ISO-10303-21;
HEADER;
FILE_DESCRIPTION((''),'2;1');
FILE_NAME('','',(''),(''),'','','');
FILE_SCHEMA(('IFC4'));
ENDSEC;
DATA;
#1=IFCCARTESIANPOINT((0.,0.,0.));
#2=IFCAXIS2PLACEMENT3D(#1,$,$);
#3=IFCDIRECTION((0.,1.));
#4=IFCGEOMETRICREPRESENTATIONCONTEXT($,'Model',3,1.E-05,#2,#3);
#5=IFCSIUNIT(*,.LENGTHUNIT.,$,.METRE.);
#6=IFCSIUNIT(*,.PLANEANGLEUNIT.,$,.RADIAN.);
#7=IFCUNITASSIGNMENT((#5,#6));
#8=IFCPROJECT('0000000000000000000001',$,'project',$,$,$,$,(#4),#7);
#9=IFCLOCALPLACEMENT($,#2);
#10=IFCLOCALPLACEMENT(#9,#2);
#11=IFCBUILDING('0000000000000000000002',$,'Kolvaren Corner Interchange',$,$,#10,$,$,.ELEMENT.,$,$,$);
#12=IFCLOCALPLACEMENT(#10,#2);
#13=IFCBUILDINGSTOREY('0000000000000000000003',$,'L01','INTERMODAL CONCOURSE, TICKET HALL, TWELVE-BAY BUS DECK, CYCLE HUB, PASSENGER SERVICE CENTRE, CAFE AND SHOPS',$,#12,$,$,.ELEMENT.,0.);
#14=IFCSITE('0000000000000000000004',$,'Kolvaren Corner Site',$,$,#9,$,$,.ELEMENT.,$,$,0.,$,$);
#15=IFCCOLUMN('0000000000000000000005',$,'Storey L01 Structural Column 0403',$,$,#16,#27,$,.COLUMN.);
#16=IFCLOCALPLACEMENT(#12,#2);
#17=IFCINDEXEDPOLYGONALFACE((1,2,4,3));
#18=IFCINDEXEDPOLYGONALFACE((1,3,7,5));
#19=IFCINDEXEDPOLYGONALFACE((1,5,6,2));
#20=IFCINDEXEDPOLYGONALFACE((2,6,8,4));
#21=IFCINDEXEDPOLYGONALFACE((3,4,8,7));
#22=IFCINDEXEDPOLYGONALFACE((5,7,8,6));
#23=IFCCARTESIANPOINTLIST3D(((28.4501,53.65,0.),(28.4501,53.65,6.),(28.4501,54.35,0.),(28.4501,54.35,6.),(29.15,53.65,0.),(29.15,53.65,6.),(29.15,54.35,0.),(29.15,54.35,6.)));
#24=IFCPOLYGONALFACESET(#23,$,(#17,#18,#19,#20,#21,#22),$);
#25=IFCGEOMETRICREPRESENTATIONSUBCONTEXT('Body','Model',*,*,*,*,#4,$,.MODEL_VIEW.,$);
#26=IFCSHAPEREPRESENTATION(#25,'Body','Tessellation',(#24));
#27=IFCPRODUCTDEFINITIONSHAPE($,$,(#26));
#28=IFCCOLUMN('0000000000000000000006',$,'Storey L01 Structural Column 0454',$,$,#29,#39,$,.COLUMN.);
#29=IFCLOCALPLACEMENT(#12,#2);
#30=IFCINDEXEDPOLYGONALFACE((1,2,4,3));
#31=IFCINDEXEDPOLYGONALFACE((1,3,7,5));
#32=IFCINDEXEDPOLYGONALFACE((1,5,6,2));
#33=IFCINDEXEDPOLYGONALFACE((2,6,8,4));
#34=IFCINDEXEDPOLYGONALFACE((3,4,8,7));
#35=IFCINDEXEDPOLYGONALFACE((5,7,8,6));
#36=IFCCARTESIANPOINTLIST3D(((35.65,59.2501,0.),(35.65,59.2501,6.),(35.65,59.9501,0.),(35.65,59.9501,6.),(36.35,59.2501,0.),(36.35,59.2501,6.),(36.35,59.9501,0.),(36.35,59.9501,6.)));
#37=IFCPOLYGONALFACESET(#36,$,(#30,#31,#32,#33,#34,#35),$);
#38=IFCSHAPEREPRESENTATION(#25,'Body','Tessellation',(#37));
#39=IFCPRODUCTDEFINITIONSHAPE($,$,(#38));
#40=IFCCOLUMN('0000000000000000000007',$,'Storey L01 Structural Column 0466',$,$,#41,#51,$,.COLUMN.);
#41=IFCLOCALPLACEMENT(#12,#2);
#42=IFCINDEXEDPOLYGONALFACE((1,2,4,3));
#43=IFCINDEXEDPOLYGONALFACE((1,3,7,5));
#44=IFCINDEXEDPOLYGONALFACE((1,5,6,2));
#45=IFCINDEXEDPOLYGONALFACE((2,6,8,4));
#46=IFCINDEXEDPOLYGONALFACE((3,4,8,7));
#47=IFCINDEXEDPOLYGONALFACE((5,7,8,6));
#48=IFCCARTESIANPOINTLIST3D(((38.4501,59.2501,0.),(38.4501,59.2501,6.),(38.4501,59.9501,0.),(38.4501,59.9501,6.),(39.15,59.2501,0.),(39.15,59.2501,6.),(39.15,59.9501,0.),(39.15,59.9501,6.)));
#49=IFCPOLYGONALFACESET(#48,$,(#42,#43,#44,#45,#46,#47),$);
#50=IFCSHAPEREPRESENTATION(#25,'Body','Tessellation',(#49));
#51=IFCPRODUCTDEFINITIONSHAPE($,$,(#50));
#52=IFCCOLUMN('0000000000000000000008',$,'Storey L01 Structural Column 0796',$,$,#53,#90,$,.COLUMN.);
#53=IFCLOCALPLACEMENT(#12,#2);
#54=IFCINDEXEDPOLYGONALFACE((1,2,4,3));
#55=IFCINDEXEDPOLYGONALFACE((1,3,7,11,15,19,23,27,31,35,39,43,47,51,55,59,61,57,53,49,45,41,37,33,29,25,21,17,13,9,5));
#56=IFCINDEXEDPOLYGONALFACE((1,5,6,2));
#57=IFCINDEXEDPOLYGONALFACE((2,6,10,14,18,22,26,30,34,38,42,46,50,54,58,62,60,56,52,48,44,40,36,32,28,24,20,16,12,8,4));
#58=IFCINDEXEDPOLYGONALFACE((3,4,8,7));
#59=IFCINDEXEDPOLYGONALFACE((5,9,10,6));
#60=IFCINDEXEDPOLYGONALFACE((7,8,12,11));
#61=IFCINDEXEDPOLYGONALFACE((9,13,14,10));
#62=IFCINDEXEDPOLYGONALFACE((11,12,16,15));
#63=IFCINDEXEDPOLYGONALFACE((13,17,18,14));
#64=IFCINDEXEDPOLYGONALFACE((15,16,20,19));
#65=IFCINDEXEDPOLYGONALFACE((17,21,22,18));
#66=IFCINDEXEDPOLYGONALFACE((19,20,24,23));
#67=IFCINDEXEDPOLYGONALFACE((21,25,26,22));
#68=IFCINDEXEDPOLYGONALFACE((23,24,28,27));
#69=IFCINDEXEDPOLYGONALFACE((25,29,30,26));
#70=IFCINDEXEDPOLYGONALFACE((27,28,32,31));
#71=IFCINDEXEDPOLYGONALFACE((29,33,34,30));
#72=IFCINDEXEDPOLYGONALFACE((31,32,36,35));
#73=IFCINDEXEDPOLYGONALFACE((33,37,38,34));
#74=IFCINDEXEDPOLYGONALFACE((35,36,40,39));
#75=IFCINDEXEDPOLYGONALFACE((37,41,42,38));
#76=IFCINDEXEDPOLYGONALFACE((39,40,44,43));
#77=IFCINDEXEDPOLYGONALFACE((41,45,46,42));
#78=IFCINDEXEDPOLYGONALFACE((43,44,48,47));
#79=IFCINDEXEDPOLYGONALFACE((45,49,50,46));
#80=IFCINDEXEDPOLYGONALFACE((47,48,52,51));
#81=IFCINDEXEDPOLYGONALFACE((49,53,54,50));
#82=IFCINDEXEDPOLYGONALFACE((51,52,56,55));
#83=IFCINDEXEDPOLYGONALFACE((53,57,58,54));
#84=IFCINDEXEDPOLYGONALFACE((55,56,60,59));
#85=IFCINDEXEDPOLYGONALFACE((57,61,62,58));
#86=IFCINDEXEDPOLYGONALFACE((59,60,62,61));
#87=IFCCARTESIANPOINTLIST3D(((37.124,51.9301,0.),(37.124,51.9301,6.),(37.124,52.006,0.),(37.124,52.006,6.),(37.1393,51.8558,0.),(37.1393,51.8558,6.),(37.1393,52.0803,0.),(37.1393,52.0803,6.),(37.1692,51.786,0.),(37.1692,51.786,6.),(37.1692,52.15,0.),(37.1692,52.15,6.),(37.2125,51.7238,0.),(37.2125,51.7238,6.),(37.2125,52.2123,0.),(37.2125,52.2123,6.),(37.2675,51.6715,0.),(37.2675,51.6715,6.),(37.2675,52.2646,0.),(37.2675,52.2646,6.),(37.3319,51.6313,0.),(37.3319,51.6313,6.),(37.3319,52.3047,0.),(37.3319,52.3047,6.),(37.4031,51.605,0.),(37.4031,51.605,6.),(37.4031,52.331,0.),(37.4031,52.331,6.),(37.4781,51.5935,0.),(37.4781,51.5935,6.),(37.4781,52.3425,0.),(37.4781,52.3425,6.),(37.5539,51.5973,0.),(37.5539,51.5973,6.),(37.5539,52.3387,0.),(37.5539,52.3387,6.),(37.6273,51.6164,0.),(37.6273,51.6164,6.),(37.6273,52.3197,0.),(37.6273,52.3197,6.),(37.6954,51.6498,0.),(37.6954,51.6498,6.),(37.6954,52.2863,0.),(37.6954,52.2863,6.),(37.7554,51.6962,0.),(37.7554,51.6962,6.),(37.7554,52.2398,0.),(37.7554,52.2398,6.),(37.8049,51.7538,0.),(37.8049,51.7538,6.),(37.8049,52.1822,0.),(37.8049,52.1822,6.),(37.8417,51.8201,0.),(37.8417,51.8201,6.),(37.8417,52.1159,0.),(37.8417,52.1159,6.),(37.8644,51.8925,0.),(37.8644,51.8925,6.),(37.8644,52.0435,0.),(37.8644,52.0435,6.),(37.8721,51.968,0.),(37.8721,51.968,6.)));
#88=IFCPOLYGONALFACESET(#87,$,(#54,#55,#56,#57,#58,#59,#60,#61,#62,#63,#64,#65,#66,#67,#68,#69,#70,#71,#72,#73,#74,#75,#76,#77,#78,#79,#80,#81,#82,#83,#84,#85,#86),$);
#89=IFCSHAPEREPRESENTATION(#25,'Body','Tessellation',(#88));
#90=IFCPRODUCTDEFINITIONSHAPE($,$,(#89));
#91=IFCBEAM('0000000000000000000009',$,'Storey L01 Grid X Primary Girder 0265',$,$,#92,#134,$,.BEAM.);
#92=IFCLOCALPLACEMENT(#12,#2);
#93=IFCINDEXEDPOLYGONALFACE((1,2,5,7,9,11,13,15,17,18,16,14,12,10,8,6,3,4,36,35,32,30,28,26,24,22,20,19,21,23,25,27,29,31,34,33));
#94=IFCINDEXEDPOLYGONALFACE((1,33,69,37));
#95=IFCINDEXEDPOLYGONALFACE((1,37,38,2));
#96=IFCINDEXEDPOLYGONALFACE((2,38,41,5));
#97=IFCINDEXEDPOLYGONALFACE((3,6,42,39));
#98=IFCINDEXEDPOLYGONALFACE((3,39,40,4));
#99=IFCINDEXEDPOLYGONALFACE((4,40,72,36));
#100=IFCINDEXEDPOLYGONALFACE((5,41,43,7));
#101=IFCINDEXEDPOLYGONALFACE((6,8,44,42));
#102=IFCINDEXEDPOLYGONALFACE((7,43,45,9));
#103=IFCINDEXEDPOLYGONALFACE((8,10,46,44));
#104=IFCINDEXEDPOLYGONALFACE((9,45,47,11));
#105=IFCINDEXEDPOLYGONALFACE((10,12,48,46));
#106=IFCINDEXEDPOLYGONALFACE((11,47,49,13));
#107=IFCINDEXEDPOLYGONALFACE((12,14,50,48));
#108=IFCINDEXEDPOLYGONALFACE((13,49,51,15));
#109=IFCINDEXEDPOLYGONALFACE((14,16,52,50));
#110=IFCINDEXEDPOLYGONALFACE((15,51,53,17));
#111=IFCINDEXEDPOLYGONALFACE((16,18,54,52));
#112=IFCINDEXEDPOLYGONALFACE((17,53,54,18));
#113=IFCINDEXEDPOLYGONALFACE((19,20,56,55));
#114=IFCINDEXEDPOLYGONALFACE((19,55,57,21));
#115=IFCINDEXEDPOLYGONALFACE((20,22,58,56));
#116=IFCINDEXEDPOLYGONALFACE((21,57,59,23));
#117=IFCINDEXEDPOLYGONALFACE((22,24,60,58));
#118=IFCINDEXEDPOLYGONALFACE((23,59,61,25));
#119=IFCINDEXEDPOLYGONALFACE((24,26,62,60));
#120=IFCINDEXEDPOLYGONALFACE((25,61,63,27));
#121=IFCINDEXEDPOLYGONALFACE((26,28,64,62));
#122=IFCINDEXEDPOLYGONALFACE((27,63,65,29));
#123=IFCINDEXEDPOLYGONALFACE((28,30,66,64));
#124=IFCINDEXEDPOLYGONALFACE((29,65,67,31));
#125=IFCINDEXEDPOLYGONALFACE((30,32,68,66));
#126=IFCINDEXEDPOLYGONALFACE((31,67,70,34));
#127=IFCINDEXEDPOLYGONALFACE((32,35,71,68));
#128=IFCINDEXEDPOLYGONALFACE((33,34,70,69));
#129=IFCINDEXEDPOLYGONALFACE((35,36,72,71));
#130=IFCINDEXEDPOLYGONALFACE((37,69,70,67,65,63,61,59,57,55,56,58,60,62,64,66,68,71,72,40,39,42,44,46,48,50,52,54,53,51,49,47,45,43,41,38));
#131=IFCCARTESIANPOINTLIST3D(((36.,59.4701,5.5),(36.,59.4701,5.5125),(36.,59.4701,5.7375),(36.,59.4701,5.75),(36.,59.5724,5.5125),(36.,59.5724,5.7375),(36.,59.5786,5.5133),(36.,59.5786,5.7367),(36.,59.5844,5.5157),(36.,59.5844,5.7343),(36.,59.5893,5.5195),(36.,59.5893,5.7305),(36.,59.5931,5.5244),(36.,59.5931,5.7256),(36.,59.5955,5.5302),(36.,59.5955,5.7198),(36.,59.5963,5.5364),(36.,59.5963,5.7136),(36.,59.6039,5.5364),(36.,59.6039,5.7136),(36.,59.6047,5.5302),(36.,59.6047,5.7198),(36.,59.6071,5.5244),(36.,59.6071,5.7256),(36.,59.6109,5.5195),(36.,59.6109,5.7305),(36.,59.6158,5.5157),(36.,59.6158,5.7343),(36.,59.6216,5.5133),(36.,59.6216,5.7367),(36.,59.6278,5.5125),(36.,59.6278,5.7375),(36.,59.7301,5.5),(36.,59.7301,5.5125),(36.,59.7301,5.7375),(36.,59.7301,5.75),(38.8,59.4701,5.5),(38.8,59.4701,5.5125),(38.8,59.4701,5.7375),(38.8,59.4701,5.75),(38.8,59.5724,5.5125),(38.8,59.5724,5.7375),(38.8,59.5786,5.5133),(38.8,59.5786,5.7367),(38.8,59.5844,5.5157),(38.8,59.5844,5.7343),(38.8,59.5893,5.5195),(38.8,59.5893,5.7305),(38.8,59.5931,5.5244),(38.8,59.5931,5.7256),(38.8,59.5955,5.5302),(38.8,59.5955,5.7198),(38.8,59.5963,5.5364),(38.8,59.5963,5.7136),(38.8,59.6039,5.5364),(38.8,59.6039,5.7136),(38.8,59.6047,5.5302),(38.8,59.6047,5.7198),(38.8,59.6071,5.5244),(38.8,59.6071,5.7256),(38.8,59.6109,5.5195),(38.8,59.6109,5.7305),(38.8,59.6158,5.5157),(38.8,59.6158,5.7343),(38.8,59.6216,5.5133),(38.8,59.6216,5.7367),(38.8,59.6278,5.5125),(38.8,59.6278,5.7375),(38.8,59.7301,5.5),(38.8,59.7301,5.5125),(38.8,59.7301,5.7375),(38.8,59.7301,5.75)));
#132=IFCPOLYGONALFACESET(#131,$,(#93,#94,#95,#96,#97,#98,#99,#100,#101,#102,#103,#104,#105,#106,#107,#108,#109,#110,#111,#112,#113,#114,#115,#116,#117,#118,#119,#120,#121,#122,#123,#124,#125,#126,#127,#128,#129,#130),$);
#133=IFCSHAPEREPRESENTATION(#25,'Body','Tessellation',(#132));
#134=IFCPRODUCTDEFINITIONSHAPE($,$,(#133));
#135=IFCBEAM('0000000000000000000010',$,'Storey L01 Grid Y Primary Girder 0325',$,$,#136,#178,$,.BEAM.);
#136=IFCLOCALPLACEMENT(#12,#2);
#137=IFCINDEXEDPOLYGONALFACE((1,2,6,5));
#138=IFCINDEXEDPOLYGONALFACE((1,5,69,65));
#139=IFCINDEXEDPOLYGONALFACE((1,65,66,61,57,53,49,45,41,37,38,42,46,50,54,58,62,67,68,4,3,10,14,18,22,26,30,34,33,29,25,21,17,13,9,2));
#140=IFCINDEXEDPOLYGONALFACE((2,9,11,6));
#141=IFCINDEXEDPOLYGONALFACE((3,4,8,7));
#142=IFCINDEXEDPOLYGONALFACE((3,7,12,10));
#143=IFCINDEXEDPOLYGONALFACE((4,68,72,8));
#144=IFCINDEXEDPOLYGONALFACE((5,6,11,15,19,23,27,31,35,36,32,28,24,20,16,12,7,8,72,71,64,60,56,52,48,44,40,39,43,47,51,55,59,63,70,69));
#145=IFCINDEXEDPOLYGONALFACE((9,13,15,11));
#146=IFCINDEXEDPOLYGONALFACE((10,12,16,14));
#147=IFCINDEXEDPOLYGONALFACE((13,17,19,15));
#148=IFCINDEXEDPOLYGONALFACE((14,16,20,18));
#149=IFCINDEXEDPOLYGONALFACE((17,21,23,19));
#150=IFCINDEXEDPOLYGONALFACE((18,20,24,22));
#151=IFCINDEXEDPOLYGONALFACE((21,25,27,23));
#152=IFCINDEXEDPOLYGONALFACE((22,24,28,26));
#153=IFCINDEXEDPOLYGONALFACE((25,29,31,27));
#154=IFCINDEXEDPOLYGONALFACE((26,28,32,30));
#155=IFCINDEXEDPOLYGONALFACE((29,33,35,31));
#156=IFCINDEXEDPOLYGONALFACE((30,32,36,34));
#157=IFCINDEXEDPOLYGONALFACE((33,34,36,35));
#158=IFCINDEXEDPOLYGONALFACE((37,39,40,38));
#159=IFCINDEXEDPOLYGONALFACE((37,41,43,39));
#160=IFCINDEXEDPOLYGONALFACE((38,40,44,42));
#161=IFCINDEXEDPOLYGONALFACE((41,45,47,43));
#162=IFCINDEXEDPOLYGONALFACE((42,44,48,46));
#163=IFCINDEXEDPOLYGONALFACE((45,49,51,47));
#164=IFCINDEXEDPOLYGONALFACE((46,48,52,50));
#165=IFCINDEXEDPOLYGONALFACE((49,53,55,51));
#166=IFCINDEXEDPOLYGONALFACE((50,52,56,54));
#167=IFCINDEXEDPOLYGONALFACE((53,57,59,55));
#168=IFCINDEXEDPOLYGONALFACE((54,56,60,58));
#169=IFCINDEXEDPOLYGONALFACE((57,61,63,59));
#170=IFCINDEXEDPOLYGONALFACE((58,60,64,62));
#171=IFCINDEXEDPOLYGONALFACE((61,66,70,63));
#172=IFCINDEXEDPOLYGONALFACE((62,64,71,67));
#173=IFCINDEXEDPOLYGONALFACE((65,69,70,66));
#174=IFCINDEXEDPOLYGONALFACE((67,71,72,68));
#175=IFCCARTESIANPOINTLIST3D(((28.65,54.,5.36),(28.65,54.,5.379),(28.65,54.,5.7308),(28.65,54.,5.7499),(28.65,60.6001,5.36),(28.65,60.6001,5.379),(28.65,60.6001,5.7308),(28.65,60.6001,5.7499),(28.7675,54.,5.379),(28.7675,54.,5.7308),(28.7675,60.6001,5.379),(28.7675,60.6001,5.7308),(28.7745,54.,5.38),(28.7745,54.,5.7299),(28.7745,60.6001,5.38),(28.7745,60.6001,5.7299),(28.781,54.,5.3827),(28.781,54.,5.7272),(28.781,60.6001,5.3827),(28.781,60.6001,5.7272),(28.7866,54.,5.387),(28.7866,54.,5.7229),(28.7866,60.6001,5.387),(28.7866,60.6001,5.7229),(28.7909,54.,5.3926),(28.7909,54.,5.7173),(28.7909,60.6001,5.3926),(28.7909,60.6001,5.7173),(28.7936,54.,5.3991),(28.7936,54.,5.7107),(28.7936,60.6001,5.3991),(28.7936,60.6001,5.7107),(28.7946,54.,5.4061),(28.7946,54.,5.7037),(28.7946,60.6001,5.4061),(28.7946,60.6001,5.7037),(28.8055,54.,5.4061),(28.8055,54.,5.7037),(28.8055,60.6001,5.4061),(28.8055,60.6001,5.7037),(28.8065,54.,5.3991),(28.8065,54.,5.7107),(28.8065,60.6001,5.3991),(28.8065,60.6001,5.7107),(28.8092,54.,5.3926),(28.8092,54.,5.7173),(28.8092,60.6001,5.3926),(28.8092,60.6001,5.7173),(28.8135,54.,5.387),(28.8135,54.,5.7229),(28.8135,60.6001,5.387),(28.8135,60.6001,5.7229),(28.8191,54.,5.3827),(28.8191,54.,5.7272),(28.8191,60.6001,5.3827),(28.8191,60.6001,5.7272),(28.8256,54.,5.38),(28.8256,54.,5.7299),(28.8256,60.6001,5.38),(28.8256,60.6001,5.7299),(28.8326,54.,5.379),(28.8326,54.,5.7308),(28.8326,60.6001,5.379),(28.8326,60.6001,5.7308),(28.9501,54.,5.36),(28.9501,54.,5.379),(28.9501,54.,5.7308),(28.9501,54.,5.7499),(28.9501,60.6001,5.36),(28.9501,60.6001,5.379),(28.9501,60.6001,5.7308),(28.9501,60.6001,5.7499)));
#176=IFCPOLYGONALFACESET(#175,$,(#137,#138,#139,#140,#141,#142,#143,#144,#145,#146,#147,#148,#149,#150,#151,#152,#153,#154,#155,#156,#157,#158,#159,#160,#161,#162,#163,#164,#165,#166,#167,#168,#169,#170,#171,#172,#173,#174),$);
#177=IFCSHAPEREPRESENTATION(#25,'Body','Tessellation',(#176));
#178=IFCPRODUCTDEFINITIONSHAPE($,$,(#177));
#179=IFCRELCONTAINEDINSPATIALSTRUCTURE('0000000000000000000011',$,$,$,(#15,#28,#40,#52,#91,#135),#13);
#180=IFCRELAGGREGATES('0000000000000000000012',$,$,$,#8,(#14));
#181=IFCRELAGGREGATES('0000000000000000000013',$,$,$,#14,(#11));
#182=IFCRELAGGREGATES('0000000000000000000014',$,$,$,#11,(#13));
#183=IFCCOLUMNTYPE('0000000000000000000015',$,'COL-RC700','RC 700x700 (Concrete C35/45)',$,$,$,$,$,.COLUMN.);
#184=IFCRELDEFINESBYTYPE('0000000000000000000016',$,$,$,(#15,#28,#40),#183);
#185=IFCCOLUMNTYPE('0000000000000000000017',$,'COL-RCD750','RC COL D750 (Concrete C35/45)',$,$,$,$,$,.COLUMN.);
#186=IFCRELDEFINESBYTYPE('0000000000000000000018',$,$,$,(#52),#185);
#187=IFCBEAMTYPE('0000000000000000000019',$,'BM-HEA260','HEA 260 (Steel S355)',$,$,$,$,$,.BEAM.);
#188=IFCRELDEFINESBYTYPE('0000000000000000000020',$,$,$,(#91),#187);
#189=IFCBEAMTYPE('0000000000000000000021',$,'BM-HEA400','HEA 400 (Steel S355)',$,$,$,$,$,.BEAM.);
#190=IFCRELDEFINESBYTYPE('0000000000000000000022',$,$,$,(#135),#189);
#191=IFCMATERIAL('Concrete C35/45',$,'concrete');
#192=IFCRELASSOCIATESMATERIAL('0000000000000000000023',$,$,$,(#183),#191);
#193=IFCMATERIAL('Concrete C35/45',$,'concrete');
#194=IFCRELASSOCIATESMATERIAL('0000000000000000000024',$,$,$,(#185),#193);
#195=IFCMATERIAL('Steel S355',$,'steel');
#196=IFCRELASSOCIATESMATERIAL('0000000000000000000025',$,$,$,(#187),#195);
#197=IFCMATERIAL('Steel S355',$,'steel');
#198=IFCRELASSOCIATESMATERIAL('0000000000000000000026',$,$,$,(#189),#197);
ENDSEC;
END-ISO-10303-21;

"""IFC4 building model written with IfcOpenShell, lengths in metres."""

from ifc_helpers import new_model, si_unit, direction, frame, origin, origin_2d, place, context, subcontext, project, spatial, rectangle, circle, i_section, extrude, material, material_profile, profile_set, type_object, element, save


model = new_model("IFC4")

# Units and contexts
model_context = context("Model", 3, precision=1e-05, world=origin(), true_north=direction((0.0, 1.0)))
body_context = subcontext(model_context, "Body", "Model", "MODEL_VIEW")
ifc_project = project(units=[si_unit("LENGTHUNIT", "METRE"), si_unit("PLANEANGLEUNIT", "RADIAN")], contexts=[model_context])

# Site, building, storey
site_placement = place(None, origin())
site = spatial("IfcSite", under=ifc_project, at=site_placement, Name="Kolvaren Corner Site", CompositionType="ELEMENT", RefElevation=0.0)
building_placement = place(site_placement, origin())
building = spatial("IfcBuilding", under=site, at=building_placement, Name="Kolvaren Corner Interchange", CompositionType="ELEMENT")
storey_placement = place(building_placement, origin())
storey = spatial("IfcBuildingStorey", under=building, at=storey_placement, Name="L01", Description="INTERMODAL CONCOURSE, TICKET HALL, TWELVE-BAY BUS DECK, CYCLE HUB, PASSENGER SERVICE CENTRE, CAFE AND SHOPS", CompositionType="ELEMENT", Elevation=0.0)

# Columns
ifc_material_1 = material(Name="Concrete C35/45", Category="concrete")
ifc_material_profile_1 = material_profile(ifc_material_1, rectangle(XDim=0.7, YDim=0.7, at=origin_2d()), Name="RC 700x700")
ifc_profile_set_1 = profile_set([ifc_material_profile_1], Name="Concrete C35/45")
column_type_1 = type_object("IfcColumnType", Name="COL-RC700", Description="RC 700x700 (Concrete C35/45)", PredefinedType="COLUMN", material=ifc_profile_set_1)
for number, where, z_axis, x_axis, name in (
    (1, (28.8, 54.0, 0.0), (0.0, 0.0, 1.0), (1.0, 0.0, 0.0), "Storey L01 Structural Column 0403"),
    (2, (36.0, 59.6001, 0.0), (0.0, 0.0, 1.0), (1.0, 0.0, 0.0), "Storey L01 Structural Column 0454"),
    (3, (38.8, 59.6001, 0.0), (0.0, 0.0, 1.0), (1.0, 0.0, 0.0), "Storey L01 Structural Column 0466"),
):
    element("IfcColumn", number, at=place(storey_placement, frame(where, z_axis=z_axis, x_axis=x_axis)), inside=storey, type_object=column_type_1, Name=name, PredefinedType="COLUMN", context=body_context, shape_type="SweptSolid", body=[
        extrude(rectangle(XDim=0.7, YDim=0.7, at=origin_2d()), origin(), (0.0, 0.0, 1.0), 6.0),
    ])
ifc_material_2 = material(Name="Concrete C35/45", Category="concrete")
ifc_material_profile_2 = material_profile(ifc_material_2, circle(Radius=0.375, at=origin_2d()), Name="RC COL D750")
ifc_profile_set_2 = profile_set([ifc_material_profile_2], Name="Concrete C35/45")
column_type_2 = type_object("IfcColumnType", Name="COL-RCD750", Description="RC COL D750 (Concrete C35/45)", PredefinedType="COLUMN", material=ifc_profile_set_2)
column_placement = place(storey_placement, frame((37.4971, 51.968, 0.0), z_axis=(0.0, 0.0, 1.0), x_axis=(1.0, 0.0, 0.0)))
element("IfcColumn", 4, at=column_placement, inside=storey, type_object=column_type_2, Name="Storey L01 Structural Column 0796", PredefinedType="COLUMN", context=body_context, shape_type="SweptSolid", body=[
    extrude(circle(Radius=0.375, at=origin_2d()), origin(), (0.0, 0.0, 1.0), 6.0),
])

# Beams
ifc_material_3 = material(Name="Steel S355", Category="steel")
ifc_material_profile_3 = material_profile(ifc_material_3, i_section(OverallWidth=0.26, OverallDepth=0.25, WebThickness=0.0076, FlangeThickness=0.0125, FilletRadius=0.0239, at=origin_2d()), Name="HEA 260")
ifc_profile_set_3 = profile_set([ifc_material_profile_3], Name="Steel S355")
beam_type_1 = type_object("IfcBeamType", Name="BM-HEA260", Description="HEA 260 (Steel S355)", PredefinedType="BEAM", material=ifc_profile_set_3)
beam_1_placement = place(storey_placement, frame((36.0, 59.6001, 5.625), z_axis=(1.0, 0.0, 0.0), x_axis=(0.0, 1.0, 0.0)))
element("IfcBeam", 5, at=beam_1_placement, inside=storey, type_object=beam_type_1, Name="Storey L01 Grid X Primary Girder 0265", PredefinedType="BEAM", context=body_context, shape_type="SweptSolid", body=[
    extrude(i_section(OverallWidth=0.26, OverallDepth=0.25, WebThickness=0.0076, FlangeThickness=0.0125, FilletRadius=0.0239, at=origin_2d()), origin(), (0.0, 0.0, 1.0), 2.8),
])
ifc_material_4 = material(Name="Steel S355", Category="steel")
ifc_material_profile_4 = material_profile(ifc_material_4, i_section(OverallWidth=0.3, OverallDepth=0.3899, WebThickness=0.011, FlangeThickness=0.019, FilletRadius=0.0271, at=origin_2d()), Name="HEA 400")
ifc_profile_set_4 = profile_set([ifc_material_profile_4], Name="Steel S355")
beam_type_2 = type_object("IfcBeamType", Name="BM-HEA400", Description="HEA 400 (Steel S355)", PredefinedType="BEAM", material=ifc_profile_set_4)
beam_2_placement = place(storey_placement, frame((28.8, 54.0, 5.5549), z_axis=(0.0, 1.0, 0.0), x_axis=(-1.0, 0.0, 0.0)))
element("IfcBeam", 6, at=beam_2_placement, inside=storey, type_object=beam_type_2, Name="Storey L01 Grid Y Primary Girder 0325", PredefinedType="BEAM", context=body_context, shape_type="SweptSolid", body=[
    extrude(i_section(OverallWidth=0.3, OverallDepth=0.3899, WebThickness=0.011, FlangeThickness=0.019, FilletRadius=0.0271, at=origin_2d()), origin(), (0.0, 0.0, 1.0), 6.6001),
])

save(model, "model.ifc")
